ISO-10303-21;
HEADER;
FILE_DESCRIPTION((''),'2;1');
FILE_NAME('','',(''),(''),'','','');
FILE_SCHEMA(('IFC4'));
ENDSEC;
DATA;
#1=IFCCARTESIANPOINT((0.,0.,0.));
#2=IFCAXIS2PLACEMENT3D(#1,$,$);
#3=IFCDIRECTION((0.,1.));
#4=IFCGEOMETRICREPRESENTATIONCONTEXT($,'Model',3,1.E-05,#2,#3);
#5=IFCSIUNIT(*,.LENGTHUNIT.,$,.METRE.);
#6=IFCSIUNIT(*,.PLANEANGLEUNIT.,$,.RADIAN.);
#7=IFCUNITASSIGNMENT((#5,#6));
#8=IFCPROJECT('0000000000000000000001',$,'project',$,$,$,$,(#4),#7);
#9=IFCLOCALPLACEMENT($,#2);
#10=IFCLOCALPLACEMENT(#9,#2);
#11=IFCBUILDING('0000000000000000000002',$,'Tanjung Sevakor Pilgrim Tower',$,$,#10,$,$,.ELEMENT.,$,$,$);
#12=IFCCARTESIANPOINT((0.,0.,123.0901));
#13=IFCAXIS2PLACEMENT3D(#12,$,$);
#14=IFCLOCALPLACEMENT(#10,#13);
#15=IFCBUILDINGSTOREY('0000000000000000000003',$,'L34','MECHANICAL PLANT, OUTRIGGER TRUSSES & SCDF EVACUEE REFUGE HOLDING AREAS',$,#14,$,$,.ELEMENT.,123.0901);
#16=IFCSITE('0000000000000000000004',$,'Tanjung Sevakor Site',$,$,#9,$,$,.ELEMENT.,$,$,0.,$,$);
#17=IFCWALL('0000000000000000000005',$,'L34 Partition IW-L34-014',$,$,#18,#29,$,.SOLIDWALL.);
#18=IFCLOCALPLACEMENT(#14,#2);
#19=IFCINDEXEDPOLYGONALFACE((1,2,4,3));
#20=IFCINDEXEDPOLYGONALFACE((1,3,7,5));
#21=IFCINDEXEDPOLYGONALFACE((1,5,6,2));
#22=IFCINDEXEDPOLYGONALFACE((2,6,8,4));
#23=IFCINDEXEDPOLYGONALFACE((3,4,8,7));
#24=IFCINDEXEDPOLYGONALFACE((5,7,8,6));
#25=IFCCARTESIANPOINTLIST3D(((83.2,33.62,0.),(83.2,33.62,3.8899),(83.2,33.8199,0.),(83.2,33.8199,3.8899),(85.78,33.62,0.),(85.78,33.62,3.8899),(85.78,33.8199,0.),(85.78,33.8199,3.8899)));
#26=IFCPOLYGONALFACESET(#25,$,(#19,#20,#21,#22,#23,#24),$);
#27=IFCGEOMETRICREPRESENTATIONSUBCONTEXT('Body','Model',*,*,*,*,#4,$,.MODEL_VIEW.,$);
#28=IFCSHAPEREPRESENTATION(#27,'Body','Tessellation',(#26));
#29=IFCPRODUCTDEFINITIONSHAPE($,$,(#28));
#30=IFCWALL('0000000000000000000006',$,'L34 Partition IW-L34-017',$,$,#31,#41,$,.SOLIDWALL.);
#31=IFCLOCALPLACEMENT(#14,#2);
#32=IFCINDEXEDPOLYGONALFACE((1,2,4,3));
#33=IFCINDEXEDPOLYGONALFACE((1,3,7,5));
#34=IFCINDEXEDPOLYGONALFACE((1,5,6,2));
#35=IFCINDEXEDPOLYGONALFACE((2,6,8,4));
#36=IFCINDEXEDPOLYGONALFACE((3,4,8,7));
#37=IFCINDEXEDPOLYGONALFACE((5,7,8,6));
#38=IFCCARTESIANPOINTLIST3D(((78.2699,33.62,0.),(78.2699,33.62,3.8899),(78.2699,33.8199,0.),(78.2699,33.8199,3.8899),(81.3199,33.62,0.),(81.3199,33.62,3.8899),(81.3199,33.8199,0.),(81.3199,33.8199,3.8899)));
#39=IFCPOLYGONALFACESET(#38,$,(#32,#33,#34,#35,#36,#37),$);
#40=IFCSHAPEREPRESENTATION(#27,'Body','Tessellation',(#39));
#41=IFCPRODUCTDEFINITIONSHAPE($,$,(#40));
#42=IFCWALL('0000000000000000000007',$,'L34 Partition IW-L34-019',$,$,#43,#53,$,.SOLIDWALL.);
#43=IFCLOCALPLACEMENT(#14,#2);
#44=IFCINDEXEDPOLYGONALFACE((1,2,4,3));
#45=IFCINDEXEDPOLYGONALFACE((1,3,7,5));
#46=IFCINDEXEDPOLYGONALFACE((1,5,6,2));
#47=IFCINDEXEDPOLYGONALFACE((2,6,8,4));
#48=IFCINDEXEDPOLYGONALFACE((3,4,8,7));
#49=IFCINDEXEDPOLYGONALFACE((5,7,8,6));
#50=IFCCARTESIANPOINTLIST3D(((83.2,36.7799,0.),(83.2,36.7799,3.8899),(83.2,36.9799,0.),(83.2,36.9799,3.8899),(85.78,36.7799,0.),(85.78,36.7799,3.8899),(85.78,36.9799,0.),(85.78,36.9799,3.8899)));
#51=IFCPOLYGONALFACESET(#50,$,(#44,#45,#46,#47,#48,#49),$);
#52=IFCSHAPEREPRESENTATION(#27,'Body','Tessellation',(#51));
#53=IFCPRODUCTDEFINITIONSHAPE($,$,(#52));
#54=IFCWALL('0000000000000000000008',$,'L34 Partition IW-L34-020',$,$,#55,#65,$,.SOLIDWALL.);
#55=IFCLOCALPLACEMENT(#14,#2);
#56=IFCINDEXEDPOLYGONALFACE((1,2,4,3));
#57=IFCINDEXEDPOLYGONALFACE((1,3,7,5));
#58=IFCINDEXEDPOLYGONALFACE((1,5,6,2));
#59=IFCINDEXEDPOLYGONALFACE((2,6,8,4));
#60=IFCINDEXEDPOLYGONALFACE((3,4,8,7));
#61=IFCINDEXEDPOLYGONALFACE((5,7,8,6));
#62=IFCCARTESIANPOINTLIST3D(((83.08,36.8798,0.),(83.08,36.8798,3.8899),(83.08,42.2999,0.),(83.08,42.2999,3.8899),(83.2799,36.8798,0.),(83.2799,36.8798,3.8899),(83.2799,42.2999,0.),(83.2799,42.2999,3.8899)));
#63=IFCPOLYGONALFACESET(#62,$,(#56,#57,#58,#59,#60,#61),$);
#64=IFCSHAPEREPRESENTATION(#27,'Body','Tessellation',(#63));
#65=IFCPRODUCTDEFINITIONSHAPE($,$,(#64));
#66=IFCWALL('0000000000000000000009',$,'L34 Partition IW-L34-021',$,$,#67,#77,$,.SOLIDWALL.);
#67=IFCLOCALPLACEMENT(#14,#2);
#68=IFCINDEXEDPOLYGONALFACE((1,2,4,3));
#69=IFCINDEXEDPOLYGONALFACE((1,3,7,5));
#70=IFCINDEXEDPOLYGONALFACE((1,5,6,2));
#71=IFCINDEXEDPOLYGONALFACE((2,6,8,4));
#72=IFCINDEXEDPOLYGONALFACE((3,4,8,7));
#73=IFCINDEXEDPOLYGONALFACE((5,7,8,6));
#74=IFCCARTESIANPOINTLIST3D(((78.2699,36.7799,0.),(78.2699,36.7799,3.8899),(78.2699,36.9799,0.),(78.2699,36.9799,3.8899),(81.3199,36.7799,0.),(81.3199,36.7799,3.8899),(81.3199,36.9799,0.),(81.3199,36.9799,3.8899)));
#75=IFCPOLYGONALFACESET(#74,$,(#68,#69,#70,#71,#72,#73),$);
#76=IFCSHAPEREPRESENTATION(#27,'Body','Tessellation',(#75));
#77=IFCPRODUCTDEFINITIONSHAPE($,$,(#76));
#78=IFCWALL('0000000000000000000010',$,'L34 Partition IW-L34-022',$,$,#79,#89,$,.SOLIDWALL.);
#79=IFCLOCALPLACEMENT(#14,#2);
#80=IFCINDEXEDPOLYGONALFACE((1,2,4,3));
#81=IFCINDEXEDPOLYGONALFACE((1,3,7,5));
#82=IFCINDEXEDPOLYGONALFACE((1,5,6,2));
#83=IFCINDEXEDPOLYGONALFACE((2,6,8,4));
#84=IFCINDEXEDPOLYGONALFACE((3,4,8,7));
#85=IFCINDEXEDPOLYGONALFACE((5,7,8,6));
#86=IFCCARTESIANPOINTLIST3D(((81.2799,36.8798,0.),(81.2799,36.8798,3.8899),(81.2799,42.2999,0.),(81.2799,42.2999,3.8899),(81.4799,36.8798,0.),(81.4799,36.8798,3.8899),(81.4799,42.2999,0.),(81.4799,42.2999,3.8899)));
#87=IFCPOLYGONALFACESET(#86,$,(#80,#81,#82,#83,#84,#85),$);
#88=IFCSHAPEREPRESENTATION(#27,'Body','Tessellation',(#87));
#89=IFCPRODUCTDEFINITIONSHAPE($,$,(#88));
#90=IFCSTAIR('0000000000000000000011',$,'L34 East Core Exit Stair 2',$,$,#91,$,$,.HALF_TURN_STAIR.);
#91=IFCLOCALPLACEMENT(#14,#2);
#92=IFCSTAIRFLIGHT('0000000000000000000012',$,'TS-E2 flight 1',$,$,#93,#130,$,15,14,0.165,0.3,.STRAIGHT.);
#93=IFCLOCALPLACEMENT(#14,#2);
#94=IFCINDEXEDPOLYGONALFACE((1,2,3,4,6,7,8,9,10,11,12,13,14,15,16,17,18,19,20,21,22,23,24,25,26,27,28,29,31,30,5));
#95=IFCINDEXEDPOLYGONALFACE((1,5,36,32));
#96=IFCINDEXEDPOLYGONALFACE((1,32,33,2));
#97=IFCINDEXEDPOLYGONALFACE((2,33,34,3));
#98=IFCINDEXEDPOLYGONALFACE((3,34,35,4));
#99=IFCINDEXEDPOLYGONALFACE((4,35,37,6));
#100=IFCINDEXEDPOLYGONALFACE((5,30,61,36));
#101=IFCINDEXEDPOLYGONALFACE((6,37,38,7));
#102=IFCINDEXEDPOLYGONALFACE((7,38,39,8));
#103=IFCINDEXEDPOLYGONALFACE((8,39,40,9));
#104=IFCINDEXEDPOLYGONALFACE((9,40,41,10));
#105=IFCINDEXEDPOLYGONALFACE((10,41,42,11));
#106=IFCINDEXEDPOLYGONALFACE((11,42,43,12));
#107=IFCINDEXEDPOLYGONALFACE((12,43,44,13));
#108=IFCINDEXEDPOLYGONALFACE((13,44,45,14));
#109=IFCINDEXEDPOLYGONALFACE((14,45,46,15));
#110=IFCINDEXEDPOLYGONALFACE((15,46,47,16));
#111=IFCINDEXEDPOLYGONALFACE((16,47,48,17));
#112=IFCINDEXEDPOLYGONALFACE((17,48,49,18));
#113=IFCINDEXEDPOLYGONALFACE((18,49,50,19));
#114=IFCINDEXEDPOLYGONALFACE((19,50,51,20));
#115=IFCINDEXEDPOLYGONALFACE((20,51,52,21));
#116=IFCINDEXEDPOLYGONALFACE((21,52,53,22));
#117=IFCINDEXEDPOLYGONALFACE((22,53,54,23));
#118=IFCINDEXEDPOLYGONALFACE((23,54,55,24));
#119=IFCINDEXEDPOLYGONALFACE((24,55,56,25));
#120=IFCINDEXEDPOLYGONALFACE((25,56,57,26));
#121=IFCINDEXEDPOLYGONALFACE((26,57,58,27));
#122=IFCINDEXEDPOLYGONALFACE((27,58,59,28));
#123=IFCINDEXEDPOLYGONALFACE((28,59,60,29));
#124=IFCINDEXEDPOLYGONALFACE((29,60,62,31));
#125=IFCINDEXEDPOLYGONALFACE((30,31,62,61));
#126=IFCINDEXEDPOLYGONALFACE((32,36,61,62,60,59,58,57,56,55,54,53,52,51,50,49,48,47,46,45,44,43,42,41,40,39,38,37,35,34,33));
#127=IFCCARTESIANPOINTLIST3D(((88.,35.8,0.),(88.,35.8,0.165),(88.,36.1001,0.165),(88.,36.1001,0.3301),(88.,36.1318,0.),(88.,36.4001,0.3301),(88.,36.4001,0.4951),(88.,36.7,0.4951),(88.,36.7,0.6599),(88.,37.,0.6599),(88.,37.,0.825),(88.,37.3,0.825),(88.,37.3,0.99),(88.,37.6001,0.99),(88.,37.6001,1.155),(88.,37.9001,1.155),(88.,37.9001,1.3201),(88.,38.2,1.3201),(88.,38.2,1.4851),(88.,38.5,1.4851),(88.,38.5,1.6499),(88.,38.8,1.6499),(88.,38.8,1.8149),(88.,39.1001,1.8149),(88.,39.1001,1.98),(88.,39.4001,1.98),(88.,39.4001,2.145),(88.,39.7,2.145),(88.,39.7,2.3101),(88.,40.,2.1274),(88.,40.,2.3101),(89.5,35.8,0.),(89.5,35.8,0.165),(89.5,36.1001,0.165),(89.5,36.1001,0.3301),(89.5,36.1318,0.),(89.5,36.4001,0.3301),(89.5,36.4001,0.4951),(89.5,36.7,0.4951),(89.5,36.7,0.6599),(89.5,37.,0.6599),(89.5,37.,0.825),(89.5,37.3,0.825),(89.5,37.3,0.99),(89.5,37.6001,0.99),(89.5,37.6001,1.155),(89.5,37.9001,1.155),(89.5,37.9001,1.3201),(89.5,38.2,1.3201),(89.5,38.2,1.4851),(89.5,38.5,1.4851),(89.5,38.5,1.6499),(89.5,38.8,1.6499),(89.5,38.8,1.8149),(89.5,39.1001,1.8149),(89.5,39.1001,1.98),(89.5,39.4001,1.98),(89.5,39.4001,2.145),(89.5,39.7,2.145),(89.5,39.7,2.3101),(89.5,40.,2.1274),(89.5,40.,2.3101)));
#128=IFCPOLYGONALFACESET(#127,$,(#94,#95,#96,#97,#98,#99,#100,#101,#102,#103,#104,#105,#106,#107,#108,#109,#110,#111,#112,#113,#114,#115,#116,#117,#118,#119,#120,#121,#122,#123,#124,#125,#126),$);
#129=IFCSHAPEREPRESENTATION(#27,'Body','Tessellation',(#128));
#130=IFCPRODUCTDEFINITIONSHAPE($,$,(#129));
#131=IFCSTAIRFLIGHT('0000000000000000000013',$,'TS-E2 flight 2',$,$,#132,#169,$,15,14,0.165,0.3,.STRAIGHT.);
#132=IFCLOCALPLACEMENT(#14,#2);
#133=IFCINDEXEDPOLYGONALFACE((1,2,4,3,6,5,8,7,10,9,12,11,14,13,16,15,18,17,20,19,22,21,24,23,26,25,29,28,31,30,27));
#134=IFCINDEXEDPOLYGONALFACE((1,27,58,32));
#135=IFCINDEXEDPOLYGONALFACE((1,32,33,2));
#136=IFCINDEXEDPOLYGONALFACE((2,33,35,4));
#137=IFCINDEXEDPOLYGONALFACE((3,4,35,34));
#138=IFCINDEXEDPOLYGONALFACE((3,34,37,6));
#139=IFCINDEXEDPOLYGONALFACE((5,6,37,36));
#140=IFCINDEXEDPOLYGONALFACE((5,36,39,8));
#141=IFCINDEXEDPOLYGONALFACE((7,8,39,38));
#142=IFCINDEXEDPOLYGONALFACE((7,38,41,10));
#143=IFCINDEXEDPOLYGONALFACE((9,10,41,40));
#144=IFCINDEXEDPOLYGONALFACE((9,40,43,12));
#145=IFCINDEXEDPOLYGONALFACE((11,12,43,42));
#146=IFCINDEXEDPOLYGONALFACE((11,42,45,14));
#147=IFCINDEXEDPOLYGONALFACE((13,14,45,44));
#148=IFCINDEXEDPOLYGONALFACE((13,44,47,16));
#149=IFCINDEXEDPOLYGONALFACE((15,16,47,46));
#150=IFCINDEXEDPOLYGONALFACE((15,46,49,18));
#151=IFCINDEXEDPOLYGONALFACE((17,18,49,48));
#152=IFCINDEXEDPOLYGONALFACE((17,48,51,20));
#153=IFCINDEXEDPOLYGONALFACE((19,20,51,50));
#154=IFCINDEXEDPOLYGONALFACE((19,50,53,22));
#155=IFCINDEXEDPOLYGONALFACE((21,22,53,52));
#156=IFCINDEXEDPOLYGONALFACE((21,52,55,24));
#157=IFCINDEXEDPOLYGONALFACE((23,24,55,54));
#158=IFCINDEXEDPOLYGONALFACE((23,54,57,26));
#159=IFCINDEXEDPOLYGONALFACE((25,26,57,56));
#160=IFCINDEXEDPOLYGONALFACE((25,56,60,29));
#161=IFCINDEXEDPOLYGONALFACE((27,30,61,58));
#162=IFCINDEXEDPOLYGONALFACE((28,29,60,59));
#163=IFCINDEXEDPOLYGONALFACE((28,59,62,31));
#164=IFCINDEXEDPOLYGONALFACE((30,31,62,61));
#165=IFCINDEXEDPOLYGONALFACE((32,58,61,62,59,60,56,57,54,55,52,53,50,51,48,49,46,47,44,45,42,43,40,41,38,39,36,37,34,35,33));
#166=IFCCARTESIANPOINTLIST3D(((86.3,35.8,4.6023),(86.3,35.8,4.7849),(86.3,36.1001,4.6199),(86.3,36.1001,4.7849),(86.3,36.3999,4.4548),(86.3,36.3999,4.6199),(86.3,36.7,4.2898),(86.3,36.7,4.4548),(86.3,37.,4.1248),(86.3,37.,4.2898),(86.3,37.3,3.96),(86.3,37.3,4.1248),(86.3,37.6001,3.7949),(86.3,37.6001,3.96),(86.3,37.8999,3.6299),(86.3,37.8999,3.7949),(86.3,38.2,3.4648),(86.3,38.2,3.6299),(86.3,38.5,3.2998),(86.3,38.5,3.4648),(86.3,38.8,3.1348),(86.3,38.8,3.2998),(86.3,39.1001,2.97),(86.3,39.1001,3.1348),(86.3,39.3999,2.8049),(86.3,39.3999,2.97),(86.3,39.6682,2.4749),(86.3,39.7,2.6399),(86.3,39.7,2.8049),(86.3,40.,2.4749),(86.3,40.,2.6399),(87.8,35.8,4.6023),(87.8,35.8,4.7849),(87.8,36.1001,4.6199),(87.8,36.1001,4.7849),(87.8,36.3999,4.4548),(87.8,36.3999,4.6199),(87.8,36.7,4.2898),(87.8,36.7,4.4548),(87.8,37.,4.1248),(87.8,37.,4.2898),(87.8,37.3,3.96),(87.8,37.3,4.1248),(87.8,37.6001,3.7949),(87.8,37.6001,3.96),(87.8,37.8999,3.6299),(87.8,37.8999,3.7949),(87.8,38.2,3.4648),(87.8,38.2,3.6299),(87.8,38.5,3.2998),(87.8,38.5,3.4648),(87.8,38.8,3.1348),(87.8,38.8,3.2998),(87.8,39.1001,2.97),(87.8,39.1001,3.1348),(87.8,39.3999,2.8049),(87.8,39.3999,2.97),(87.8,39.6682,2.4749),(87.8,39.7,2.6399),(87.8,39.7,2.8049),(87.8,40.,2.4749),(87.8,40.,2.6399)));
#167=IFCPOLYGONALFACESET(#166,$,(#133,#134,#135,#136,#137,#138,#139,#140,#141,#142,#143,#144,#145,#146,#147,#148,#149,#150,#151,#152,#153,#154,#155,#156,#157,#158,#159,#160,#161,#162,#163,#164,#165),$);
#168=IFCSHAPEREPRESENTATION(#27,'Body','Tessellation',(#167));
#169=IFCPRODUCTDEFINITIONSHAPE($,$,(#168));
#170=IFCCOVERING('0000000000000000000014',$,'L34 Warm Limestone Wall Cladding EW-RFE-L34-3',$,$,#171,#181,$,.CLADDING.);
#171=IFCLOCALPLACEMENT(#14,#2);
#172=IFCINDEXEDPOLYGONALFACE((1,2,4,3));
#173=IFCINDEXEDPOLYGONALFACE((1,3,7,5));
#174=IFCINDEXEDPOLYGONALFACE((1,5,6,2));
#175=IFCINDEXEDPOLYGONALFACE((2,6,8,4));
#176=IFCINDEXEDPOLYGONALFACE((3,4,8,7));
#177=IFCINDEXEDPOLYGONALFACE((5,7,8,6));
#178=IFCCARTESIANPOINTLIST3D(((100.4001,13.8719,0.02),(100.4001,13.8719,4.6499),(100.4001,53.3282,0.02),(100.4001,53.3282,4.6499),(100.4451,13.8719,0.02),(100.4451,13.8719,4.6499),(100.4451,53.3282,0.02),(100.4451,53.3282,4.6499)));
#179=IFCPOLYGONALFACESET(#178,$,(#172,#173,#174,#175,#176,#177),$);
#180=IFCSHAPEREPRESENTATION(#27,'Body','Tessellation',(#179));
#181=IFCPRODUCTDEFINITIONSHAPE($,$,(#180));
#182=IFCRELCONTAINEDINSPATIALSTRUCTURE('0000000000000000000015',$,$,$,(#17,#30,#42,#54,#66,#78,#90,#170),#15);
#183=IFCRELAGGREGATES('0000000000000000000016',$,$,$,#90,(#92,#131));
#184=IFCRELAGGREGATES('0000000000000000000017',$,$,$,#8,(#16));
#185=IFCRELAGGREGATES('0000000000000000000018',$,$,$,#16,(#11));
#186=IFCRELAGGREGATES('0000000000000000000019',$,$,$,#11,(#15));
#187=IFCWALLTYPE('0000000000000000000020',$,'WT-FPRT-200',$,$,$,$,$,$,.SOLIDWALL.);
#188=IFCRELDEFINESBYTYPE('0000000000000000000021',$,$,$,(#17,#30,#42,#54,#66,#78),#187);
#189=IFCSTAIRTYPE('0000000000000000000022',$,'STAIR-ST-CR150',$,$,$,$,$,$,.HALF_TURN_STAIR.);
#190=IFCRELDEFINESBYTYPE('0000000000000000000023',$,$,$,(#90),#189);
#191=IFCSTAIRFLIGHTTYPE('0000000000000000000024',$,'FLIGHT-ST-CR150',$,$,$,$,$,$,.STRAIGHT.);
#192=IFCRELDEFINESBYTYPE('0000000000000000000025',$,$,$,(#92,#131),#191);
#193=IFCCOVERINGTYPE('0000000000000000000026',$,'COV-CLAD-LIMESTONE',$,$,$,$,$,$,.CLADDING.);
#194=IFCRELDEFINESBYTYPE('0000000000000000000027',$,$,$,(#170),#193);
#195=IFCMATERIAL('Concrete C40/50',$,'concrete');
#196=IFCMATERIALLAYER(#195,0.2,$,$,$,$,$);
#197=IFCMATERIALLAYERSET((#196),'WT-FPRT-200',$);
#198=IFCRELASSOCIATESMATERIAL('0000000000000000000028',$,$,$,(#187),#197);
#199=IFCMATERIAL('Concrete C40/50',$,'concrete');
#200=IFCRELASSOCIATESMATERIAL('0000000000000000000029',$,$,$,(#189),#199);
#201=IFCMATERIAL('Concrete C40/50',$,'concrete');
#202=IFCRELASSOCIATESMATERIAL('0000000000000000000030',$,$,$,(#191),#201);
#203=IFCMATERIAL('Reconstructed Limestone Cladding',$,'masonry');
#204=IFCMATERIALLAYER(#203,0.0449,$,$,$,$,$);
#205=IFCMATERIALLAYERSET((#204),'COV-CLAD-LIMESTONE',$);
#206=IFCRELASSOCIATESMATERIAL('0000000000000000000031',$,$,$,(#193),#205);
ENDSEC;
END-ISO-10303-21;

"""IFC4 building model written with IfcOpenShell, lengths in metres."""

from ifc_helpers import new_model, si_unit, direction, frame, frame_2d, origin, origin_2d, place, context, subcontext, project, spatial, polyline, rectangle, outline, extrude, material, layer, layer_set, type_object, element, aggregate, save


model = new_model("IFC4")

# Units and contexts
model_context = context("Model", 3, precision=1e-05, world=origin(), true_north=direction((0.0, 1.0)))
body_context = subcontext(model_context, "Body", "Model", "MODEL_VIEW")
ifc_project = project(units=[si_unit("LENGTHUNIT", "METRE"), si_unit("PLANEANGLEUNIT", "RADIAN")], contexts=[model_context])

# Site, building, storey
site_placement = place(None, origin())
site = spatial("IfcSite", under=ifc_project, at=site_placement, Name="Tanjung Sevakor Site", CompositionType="ELEMENT", RefElevation=0.0)
building_placement = place(site_placement, origin())
building = spatial("IfcBuilding", under=site, at=building_placement, Name="Tanjung Sevakor Pilgrim Tower", CompositionType="ELEMENT")
storey_placement = place(building_placement, frame((0.0, 0.0, 123.0901)))
storey = spatial("IfcBuildingStorey", under=building, at=storey_placement, Name="L34", Description="MECHANICAL PLANT, OUTRIGGER TRUSSES & SCDF EVACUEE REFUGE HOLDING AREAS", CompositionType="ELEMENT", Elevation=123.0901)

# Walls
ifc_material_1 = material(Name="Concrete C40/50", Category="concrete")
ifc_layer_1 = layer(ifc_material_1, 0.2)
ifc_layer_set_1 = layer_set([ifc_layer_1], Name="WT-FPRT-200")
wall_type_1 = type_object("IfcWallType", Name="WT-FPRT-200", PredefinedType="SOLIDWALL", material=ifc_layer_set_1)
wall_1_placement = place(storey_placement, frame((83.2, 33.72, 0.0), z_axis=(0.0, 0.0, 1.0), x_axis=(1.0, 0.0, 0.0)))
element("IfcWall", 1, at=wall_1_placement, inside=storey, type_object=wall_type_1, Name="L34 Partition IW-L34-014", PredefinedType="SOLIDWALL", context=body_context, shape_type="SweptSolid", body=[
    extrude(rectangle(XDim=2.5801, YDim=0.2, at=frame_2d((1.29, 0.0))), origin(), (0.0, 0.0, 1.0), 3.8899),
])
wall_2_placement = place(storey_placement, frame((78.27, 33.72, 0.0), z_axis=(0.0, 0.0, 1.0), x_axis=(1.0, 0.0, 0.0)))
element("IfcWall", 2, at=wall_2_placement, inside=storey, type_object=wall_type_1, Name="L34 Partition IW-L34-017", PredefinedType="SOLIDWALL", context=body_context, shape_type="SweptSolid", body=[
    extrude(rectangle(XDim=3.05, YDim=0.2, at=frame_2d((1.5249, 0.0))), origin(), (0.0, 0.0, 1.0), 3.8899),
])
wall_3_placement = place(storey_placement, frame((83.2, 36.8799, 0.0), z_axis=(0.0, 0.0, 1.0), x_axis=(1.0, 0.0, 0.0)))
element("IfcWall", 3, at=wall_3_placement, inside=storey, type_object=wall_type_1, Name="L34 Partition IW-L34-019", PredefinedType="SOLIDWALL", context=body_context, shape_type="SweptSolid", body=[
    extrude(rectangle(XDim=2.5801, YDim=0.2, at=frame_2d((1.29, 0.0))), origin(), (0.0, 0.0, 1.0), 3.8899),
])
wall_4_placement = place(storey_placement, frame((83.1799, 36.8799, 0.0), z_axis=(0.0, 0.0, 1.0), x_axis=(0.0, 1.0, 0.0)))
element("IfcWall", 4, at=wall_4_placement, inside=storey, type_object=wall_type_1, Name="L34 Partition IW-L34-020", PredefinedType="SOLIDWALL", context=body_context, shape_type="SweptSolid", body=[
    extrude(rectangle(XDim=5.4202, YDim=0.2, at=frame_2d((2.71, 0.0))), origin(), (0.0, 0.0, 1.0), 3.8899),
])
wall_5_placement = place(storey_placement, frame((78.27, 36.8799, 0.0), z_axis=(0.0, 0.0, 1.0), x_axis=(1.0, 0.0, 0.0)))
element("IfcWall", 5, at=wall_5_placement, inside=storey, type_object=wall_type_1, Name="L34 Partition IW-L34-021", PredefinedType="SOLIDWALL", context=body_context, shape_type="SweptSolid", body=[
    extrude(rectangle(XDim=3.05, YDim=0.2, at=frame_2d((1.5249, 0.0))), origin(), (0.0, 0.0, 1.0), 3.8899),
])
wall_6_placement = place(storey_placement, frame((81.3799, 36.8799, 0.0), z_axis=(0.0, 0.0, 1.0), x_axis=(0.0, 1.0, 0.0)))
element("IfcWall", 6, at=wall_6_placement, inside=storey, type_object=wall_type_1, Name="L34 Partition IW-L34-022", PredefinedType="SOLIDWALL", context=body_context, shape_type="SweptSolid", body=[
    extrude(rectangle(XDim=5.4202, YDim=0.2, at=frame_2d((2.71, 0.0))), origin(), (0.0, 0.0, 1.0), 3.8899),
])

# Stair, stair flights
ifc_material_2 = material(Name="Concrete C40/50", Category="concrete")
stair_type = type_object("IfcStairType", Name="STAIR-ST-CR150", PredefinedType="HALF_TURN_STAIR", material=ifc_material_2)
stair_placement = place(storey_placement, origin())
stair = element("IfcStair", 7, at=stair_placement, inside=storey, type_object=stair_type, Name="L34 East Core Exit Stair 2", PredefinedType="HALF_TURN_STAIR")
ifc_material_3 = material(Name="Concrete C40/50", Category="concrete")
stair_flight_type = type_object("IfcStairFlightType", Name="FLIGHT-ST-CR150", PredefinedType="STRAIGHT", material=ifc_material_3)
stair_flight_1_placement = place(storey_placement, frame((88.75, 35.8, 0.0), z_axis=(0.0, 0.0, 1.0), x_axis=(0.0, 1.0, 0.0)))
stair_flight_1 = element("IfcStairFlight", 8, at=stair_flight_1_placement, type_object=stair_flight_type, Name="TS-E2 flight 1", NumberOfRisers=15, NumberOfTreads=14, PredefinedType="STRAIGHT", RiserHeight=0.165, TreadLength=0.3, context=body_context, shape_type="SweptSolid", body=[
    extrude(outline(polyline([(0.0, 0.0), (0.0, 0.165), (0.3, 0.165), (0.3, 0.3301), (0.6001, 0.3301), (0.6001, 0.4951), (0.8999, 0.4951), (0.8999, 0.6599), (1.2, 0.6599), (1.2, 0.825), (1.5, 0.825), (1.5, 0.99), (1.8, 0.99), (1.8, 1.155), (2.1001, 1.155), (2.1001, 1.3201), (2.3999, 1.3201), (2.3999, 1.4851), (2.7, 1.4851), (2.7, 1.6499), (3.0, 1.6499), (3.0, 1.8149), (3.3, 1.8149), (3.3, 1.98), (3.6001, 1.98), (3.6001, 2.145), (3.8999, 2.145), (3.8999, 2.3101), (4.2, 2.3101), (4.2, 2.4751), (4.2, 2.1274), (0.3318, 0.0), (0.0, 0.0)])), frame((0.0, 0.75, 0.0), z_axis=(0.0, -1.0, 0.0), x_axis=(1.0, 0.0, 0.0)), (0.0, 0.0, 1.0), 1.5),
])
stair_flight_2_placement = place(storey_placement, frame((87.05, 40.0, 2.4749), z_axis=(0.0, 0.0, 1.0), x_axis=(0.0, -1.0, 0.0)))
stair_flight_2 = element("IfcStairFlight", 9, at=stair_flight_2_placement, type_object=stair_flight_type, Name="TS-E2 flight 2", NumberOfRisers=15, NumberOfTreads=14, PredefinedType="STRAIGHT", RiserHeight=0.165, TreadLength=0.3, context=body_context, shape_type="SweptSolid", body=[
    extrude(outline(polyline([(0.0, 0.0), (0.0, 0.165), (0.3, 0.165), (0.3, 0.3301), (0.6001, 0.3301), (0.6001, 0.4951), (0.8999, 0.4951), (0.8999, 0.6599), (1.2, 0.6599), (1.2, 0.825), (1.5, 0.825), (1.5, 0.99), (1.8, 0.99), (1.8, 1.155), (2.1001, 1.155), (2.1001, 1.3201), (2.3999, 1.3201), (2.3999, 1.4851), (2.7, 1.4851), (2.7, 1.6499), (3.0, 1.6499), (3.0, 1.8149), (3.3, 1.8149), (3.3, 1.98), (3.6001, 1.98), (3.6001, 2.145), (3.8999, 2.145), (3.8999, 2.3101), (4.2, 2.3101), (4.2, 2.4751), (4.2, 2.1274), (0.3318, 0.0), (0.0, 0.0)])), frame((0.0, 0.75, 0.0), z_axis=(0.0, -1.0, 0.0), x_axis=(1.0, 0.0, 0.0)), (0.0, 0.0, 1.0), 1.5),
])
aggregate(stair, [stair_flight_1, stair_flight_2])

# Covering
ifc_material_4 = material(Name="Reconstructed Limestone Cladding", Category="masonry")
ifc_layer_2 = layer(ifc_material_4, 0.0449)
ifc_layer_set_2 = layer_set([ifc_layer_2], Name="COV-CLAD-LIMESTONE")
covering_type = type_object("IfcCoveringType", Name="COV-CLAD-LIMESTONE", PredefinedType="CLADDING", material=ifc_layer_set_2)
covering_placement = place(storey_placement, frame((100.4226, 33.6001, 0.02), z_axis=(0.0, 0.0, 1.0), x_axis=(0.0, 1.0, 0.0)))
element("IfcCovering", 10, at=covering_placement, inside=storey, type_object=covering_type, Name="L34 Warm Limestone Wall Cladding EW-RFE-L34-3", PredefinedType="CLADDING", context=body_context, shape_type="SweptSolid", body=[
    extrude(rectangle(XDim=39.4563, YDim=0.0449, at=origin_2d()), origin(), (0.0, 0.0, 1.0), 4.6299),
])

save(model, "model.ifc")
